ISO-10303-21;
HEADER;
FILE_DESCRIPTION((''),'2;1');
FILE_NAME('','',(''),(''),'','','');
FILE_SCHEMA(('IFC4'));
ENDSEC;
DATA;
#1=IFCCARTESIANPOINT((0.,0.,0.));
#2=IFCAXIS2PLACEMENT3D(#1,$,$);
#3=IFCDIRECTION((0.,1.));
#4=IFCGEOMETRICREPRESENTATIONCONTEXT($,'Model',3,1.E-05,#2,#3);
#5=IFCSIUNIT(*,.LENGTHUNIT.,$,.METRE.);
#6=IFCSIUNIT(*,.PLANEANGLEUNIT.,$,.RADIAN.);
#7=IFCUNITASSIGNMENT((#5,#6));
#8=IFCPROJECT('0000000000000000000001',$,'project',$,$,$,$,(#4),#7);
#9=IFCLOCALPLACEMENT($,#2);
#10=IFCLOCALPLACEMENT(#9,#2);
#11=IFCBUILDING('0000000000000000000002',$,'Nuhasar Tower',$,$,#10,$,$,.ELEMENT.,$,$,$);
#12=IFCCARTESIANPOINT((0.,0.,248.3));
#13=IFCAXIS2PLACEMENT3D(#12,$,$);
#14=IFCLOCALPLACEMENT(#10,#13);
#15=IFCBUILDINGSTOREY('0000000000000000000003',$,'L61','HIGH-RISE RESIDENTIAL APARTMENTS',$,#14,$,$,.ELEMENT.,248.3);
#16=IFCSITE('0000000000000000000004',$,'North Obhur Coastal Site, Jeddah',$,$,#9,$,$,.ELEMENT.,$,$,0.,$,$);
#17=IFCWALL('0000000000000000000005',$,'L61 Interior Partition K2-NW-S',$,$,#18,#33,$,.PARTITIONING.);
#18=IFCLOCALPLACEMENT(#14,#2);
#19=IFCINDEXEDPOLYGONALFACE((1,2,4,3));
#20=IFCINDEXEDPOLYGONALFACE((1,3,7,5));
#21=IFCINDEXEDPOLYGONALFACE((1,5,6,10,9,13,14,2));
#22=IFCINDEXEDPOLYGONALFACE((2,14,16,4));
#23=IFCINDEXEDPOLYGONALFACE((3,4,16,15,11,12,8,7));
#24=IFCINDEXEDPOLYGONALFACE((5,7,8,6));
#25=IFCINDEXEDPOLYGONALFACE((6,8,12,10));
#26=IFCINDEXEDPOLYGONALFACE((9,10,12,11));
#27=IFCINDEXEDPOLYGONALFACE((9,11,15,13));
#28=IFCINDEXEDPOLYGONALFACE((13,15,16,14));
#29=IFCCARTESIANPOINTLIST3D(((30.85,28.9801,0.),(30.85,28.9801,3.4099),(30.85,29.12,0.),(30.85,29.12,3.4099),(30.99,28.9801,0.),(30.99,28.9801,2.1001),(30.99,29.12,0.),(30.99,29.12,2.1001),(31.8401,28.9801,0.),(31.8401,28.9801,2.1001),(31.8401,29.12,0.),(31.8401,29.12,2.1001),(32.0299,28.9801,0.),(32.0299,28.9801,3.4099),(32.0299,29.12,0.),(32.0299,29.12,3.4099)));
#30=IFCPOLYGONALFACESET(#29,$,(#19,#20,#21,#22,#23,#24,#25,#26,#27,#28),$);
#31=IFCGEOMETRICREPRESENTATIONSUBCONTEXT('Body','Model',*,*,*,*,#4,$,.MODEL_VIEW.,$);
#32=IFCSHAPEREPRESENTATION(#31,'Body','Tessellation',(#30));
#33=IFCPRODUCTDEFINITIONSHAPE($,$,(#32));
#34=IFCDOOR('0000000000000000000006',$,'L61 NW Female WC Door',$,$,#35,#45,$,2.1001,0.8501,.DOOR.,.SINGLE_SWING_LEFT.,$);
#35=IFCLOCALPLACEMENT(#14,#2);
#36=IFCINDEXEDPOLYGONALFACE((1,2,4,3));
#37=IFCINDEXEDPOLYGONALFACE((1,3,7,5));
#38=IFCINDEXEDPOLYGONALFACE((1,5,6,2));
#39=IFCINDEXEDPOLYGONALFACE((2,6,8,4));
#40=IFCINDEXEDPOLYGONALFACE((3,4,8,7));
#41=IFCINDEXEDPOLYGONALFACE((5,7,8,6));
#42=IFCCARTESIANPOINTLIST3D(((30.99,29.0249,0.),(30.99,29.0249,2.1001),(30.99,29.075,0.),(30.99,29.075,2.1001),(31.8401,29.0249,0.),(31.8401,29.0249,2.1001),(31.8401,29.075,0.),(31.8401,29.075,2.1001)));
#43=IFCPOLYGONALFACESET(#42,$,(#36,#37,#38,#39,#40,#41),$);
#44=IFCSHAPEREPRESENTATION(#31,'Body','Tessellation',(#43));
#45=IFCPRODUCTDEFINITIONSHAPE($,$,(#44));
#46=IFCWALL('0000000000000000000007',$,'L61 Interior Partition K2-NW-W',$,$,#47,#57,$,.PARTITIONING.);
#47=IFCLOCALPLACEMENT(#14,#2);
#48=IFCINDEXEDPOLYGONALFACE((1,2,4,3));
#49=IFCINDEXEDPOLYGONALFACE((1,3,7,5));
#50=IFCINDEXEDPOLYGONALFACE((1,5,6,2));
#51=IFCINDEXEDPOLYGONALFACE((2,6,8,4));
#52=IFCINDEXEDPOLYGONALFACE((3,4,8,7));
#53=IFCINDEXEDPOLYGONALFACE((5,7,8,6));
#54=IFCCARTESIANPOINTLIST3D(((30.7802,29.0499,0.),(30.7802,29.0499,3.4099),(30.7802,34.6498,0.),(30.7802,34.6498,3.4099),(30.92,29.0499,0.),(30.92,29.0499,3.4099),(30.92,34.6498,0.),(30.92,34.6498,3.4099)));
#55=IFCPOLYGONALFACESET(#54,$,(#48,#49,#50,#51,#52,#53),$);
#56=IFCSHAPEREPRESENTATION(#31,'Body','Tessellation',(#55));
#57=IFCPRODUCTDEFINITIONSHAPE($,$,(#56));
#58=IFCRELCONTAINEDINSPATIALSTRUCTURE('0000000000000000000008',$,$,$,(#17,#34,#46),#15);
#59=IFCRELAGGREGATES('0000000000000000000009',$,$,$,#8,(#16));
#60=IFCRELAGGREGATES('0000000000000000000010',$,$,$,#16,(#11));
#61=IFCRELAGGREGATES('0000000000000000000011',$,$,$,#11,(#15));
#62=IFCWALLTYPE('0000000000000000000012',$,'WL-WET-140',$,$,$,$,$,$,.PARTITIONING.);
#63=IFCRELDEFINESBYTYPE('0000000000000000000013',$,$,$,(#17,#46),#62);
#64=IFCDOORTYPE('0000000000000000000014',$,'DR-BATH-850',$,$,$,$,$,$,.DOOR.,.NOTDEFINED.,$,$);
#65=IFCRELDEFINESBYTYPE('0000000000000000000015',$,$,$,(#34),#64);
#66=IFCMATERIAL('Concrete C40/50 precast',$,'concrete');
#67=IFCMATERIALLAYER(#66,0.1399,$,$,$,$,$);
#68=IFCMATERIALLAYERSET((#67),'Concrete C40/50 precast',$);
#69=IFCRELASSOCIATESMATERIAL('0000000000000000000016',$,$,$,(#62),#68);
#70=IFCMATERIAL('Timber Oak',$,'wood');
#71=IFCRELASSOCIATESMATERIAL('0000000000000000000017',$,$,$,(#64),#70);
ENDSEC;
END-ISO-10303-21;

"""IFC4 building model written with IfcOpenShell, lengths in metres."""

from ifc_helpers import new_model, si_unit, direction, frame, frame_2d, origin, place, context, subcontext, project, spatial, rectangle, extrude, material, layer, layer_set, type_object, element, fill, save


model = new_model("IFC4")

# Units and contexts
model_context = context("Model", 3, precision=1e-05, world=origin(), true_north=direction((0.0, 1.0)))
body_context = subcontext(model_context, "Body", "Model", "MODEL_VIEW")
ifc_project = project(units=[si_unit("LENGTHUNIT", "METRE"), si_unit("PLANEANGLEUNIT", "RADIAN")], contexts=[model_context])

# Site, building, storey
site_placement = place(None, origin())
site = spatial("IfcSite", under=ifc_project, at=site_placement, Name="North Obhur Coastal Site, Jeddah", CompositionType="ELEMENT", RefElevation=0.0)
building_placement = place(site_placement, origin())
building = spatial("IfcBuilding", under=site, at=building_placement, Name="Nuhasar Tower", CompositionType="ELEMENT")
storey_placement = place(building_placement, frame((0.0, 0.0, 248.3)))
storey = spatial("IfcBuildingStorey", under=building, at=storey_placement, Name="L61", Description="HIGH-RISE RESIDENTIAL APARTMENTS", CompositionType="ELEMENT", Elevation=248.3)

# Shared definitions
ifc_material_1 = material(Name="Timber Oak", Category="wood")

# Shared definitions
ifc_material_2 = material(Name="Concrete C40/50 precast", Category="concrete")
ifc_layer_1 = layer(ifc_material_2, 0.1399)
ifc_layer_set_1 = layer_set([ifc_layer_1], Name="Concrete C40/50 precast")
wall_type_1 = type_object("IfcWallType", Name="WL-WET-140", PredefinedType="PARTITIONING", material=ifc_layer_set_1)

# Wall, opening, door
wall_1_placement = place(storey_placement, frame((30.8501, 29.05, 0.0), z_axis=(0.0, 0.0, 1.0), x_axis=(1.0, 0.0, 0.0)))
wall_1 = element("IfcWall", 1, at=wall_1_placement, inside=storey, type_object=wall_type_1, Name="L61 Interior Partition K2-NW-S", PredefinedType="PARTITIONING", context=body_context, shape_type="SweptSolid", body=[
    extrude(rectangle(XDim=1.1799, YDim=0.1399, at=frame_2d((0.5898, 0.0))), origin(), (0.0, 0.0, 1.0), 3.4099),
])
opening_1_placement = place(wall_1_placement, frame((0.1399, 0.0, 0.0)))
opening_1 = element("IfcOpeningElement", 2, at=opening_1_placement, cuts=wall_1, PredefinedType="OPENING", context=body_context, shape_type="SweptSolid", body=[
    extrude(rectangle(XDim=0.8501, YDim=2.1001, at=frame_2d((0.425, 1.05))), frame((0.0, 0.0801, 0.0), z_axis=(0.0, -1.0, 0.0), x_axis=(1.0, 0.0, 0.0)), (0.0, 0.0, 1.0), 0.1599),
])
door_type_1 = type_object("IfcDoorType", Name="DR-BATH-850", OperationType="NOTDEFINED", PredefinedType="DOOR", material=ifc_material_1)
door_1_placement = place(opening_1_placement, origin())
door_1 = element("IfcDoor", 3, at=door_1_placement, inside=storey, type_object=door_type_1, Name="L61 NW Female WC Door", OperationType="SINGLE_SWING_LEFT", OverallHeight=2.1001, OverallWidth=0.8501, PredefinedType="DOOR", context=body_context, shape_type="SweptSolid", body=[
    extrude(rectangle(XDim=0.8501, YDim=2.1001, at=frame_2d((0.425, 1.05))), frame((0.0, 0.0249, 0.0), z_axis=(0.0, -1.0, 0.0), x_axis=(1.0, 0.0, 0.0)), (0.0, 0.0, 1.0), 0.05),
])
fill(opening_1, door_1)

# Wall
wall_2_placement = place(storey_placement, frame((30.8501, 29.05, 0.0), z_axis=(0.0, 0.0, 1.0), x_axis=(0.0, 1.0, 0.0)))
element("IfcWall", 4, at=wall_2_placement, inside=storey, type_object=wall_type_1, Name="L61 Interior Partition K2-NW-W", PredefinedType="PARTITIONING", context=body_context, shape_type="SweptSolid", body=[
    extrude(rectangle(XDim=5.5999, YDim=0.1399, at=frame_2d((2.7998, 0.0))), origin(), (0.0, 0.0, 1.0), 3.4099),
])

save(model, "model.ifc")
